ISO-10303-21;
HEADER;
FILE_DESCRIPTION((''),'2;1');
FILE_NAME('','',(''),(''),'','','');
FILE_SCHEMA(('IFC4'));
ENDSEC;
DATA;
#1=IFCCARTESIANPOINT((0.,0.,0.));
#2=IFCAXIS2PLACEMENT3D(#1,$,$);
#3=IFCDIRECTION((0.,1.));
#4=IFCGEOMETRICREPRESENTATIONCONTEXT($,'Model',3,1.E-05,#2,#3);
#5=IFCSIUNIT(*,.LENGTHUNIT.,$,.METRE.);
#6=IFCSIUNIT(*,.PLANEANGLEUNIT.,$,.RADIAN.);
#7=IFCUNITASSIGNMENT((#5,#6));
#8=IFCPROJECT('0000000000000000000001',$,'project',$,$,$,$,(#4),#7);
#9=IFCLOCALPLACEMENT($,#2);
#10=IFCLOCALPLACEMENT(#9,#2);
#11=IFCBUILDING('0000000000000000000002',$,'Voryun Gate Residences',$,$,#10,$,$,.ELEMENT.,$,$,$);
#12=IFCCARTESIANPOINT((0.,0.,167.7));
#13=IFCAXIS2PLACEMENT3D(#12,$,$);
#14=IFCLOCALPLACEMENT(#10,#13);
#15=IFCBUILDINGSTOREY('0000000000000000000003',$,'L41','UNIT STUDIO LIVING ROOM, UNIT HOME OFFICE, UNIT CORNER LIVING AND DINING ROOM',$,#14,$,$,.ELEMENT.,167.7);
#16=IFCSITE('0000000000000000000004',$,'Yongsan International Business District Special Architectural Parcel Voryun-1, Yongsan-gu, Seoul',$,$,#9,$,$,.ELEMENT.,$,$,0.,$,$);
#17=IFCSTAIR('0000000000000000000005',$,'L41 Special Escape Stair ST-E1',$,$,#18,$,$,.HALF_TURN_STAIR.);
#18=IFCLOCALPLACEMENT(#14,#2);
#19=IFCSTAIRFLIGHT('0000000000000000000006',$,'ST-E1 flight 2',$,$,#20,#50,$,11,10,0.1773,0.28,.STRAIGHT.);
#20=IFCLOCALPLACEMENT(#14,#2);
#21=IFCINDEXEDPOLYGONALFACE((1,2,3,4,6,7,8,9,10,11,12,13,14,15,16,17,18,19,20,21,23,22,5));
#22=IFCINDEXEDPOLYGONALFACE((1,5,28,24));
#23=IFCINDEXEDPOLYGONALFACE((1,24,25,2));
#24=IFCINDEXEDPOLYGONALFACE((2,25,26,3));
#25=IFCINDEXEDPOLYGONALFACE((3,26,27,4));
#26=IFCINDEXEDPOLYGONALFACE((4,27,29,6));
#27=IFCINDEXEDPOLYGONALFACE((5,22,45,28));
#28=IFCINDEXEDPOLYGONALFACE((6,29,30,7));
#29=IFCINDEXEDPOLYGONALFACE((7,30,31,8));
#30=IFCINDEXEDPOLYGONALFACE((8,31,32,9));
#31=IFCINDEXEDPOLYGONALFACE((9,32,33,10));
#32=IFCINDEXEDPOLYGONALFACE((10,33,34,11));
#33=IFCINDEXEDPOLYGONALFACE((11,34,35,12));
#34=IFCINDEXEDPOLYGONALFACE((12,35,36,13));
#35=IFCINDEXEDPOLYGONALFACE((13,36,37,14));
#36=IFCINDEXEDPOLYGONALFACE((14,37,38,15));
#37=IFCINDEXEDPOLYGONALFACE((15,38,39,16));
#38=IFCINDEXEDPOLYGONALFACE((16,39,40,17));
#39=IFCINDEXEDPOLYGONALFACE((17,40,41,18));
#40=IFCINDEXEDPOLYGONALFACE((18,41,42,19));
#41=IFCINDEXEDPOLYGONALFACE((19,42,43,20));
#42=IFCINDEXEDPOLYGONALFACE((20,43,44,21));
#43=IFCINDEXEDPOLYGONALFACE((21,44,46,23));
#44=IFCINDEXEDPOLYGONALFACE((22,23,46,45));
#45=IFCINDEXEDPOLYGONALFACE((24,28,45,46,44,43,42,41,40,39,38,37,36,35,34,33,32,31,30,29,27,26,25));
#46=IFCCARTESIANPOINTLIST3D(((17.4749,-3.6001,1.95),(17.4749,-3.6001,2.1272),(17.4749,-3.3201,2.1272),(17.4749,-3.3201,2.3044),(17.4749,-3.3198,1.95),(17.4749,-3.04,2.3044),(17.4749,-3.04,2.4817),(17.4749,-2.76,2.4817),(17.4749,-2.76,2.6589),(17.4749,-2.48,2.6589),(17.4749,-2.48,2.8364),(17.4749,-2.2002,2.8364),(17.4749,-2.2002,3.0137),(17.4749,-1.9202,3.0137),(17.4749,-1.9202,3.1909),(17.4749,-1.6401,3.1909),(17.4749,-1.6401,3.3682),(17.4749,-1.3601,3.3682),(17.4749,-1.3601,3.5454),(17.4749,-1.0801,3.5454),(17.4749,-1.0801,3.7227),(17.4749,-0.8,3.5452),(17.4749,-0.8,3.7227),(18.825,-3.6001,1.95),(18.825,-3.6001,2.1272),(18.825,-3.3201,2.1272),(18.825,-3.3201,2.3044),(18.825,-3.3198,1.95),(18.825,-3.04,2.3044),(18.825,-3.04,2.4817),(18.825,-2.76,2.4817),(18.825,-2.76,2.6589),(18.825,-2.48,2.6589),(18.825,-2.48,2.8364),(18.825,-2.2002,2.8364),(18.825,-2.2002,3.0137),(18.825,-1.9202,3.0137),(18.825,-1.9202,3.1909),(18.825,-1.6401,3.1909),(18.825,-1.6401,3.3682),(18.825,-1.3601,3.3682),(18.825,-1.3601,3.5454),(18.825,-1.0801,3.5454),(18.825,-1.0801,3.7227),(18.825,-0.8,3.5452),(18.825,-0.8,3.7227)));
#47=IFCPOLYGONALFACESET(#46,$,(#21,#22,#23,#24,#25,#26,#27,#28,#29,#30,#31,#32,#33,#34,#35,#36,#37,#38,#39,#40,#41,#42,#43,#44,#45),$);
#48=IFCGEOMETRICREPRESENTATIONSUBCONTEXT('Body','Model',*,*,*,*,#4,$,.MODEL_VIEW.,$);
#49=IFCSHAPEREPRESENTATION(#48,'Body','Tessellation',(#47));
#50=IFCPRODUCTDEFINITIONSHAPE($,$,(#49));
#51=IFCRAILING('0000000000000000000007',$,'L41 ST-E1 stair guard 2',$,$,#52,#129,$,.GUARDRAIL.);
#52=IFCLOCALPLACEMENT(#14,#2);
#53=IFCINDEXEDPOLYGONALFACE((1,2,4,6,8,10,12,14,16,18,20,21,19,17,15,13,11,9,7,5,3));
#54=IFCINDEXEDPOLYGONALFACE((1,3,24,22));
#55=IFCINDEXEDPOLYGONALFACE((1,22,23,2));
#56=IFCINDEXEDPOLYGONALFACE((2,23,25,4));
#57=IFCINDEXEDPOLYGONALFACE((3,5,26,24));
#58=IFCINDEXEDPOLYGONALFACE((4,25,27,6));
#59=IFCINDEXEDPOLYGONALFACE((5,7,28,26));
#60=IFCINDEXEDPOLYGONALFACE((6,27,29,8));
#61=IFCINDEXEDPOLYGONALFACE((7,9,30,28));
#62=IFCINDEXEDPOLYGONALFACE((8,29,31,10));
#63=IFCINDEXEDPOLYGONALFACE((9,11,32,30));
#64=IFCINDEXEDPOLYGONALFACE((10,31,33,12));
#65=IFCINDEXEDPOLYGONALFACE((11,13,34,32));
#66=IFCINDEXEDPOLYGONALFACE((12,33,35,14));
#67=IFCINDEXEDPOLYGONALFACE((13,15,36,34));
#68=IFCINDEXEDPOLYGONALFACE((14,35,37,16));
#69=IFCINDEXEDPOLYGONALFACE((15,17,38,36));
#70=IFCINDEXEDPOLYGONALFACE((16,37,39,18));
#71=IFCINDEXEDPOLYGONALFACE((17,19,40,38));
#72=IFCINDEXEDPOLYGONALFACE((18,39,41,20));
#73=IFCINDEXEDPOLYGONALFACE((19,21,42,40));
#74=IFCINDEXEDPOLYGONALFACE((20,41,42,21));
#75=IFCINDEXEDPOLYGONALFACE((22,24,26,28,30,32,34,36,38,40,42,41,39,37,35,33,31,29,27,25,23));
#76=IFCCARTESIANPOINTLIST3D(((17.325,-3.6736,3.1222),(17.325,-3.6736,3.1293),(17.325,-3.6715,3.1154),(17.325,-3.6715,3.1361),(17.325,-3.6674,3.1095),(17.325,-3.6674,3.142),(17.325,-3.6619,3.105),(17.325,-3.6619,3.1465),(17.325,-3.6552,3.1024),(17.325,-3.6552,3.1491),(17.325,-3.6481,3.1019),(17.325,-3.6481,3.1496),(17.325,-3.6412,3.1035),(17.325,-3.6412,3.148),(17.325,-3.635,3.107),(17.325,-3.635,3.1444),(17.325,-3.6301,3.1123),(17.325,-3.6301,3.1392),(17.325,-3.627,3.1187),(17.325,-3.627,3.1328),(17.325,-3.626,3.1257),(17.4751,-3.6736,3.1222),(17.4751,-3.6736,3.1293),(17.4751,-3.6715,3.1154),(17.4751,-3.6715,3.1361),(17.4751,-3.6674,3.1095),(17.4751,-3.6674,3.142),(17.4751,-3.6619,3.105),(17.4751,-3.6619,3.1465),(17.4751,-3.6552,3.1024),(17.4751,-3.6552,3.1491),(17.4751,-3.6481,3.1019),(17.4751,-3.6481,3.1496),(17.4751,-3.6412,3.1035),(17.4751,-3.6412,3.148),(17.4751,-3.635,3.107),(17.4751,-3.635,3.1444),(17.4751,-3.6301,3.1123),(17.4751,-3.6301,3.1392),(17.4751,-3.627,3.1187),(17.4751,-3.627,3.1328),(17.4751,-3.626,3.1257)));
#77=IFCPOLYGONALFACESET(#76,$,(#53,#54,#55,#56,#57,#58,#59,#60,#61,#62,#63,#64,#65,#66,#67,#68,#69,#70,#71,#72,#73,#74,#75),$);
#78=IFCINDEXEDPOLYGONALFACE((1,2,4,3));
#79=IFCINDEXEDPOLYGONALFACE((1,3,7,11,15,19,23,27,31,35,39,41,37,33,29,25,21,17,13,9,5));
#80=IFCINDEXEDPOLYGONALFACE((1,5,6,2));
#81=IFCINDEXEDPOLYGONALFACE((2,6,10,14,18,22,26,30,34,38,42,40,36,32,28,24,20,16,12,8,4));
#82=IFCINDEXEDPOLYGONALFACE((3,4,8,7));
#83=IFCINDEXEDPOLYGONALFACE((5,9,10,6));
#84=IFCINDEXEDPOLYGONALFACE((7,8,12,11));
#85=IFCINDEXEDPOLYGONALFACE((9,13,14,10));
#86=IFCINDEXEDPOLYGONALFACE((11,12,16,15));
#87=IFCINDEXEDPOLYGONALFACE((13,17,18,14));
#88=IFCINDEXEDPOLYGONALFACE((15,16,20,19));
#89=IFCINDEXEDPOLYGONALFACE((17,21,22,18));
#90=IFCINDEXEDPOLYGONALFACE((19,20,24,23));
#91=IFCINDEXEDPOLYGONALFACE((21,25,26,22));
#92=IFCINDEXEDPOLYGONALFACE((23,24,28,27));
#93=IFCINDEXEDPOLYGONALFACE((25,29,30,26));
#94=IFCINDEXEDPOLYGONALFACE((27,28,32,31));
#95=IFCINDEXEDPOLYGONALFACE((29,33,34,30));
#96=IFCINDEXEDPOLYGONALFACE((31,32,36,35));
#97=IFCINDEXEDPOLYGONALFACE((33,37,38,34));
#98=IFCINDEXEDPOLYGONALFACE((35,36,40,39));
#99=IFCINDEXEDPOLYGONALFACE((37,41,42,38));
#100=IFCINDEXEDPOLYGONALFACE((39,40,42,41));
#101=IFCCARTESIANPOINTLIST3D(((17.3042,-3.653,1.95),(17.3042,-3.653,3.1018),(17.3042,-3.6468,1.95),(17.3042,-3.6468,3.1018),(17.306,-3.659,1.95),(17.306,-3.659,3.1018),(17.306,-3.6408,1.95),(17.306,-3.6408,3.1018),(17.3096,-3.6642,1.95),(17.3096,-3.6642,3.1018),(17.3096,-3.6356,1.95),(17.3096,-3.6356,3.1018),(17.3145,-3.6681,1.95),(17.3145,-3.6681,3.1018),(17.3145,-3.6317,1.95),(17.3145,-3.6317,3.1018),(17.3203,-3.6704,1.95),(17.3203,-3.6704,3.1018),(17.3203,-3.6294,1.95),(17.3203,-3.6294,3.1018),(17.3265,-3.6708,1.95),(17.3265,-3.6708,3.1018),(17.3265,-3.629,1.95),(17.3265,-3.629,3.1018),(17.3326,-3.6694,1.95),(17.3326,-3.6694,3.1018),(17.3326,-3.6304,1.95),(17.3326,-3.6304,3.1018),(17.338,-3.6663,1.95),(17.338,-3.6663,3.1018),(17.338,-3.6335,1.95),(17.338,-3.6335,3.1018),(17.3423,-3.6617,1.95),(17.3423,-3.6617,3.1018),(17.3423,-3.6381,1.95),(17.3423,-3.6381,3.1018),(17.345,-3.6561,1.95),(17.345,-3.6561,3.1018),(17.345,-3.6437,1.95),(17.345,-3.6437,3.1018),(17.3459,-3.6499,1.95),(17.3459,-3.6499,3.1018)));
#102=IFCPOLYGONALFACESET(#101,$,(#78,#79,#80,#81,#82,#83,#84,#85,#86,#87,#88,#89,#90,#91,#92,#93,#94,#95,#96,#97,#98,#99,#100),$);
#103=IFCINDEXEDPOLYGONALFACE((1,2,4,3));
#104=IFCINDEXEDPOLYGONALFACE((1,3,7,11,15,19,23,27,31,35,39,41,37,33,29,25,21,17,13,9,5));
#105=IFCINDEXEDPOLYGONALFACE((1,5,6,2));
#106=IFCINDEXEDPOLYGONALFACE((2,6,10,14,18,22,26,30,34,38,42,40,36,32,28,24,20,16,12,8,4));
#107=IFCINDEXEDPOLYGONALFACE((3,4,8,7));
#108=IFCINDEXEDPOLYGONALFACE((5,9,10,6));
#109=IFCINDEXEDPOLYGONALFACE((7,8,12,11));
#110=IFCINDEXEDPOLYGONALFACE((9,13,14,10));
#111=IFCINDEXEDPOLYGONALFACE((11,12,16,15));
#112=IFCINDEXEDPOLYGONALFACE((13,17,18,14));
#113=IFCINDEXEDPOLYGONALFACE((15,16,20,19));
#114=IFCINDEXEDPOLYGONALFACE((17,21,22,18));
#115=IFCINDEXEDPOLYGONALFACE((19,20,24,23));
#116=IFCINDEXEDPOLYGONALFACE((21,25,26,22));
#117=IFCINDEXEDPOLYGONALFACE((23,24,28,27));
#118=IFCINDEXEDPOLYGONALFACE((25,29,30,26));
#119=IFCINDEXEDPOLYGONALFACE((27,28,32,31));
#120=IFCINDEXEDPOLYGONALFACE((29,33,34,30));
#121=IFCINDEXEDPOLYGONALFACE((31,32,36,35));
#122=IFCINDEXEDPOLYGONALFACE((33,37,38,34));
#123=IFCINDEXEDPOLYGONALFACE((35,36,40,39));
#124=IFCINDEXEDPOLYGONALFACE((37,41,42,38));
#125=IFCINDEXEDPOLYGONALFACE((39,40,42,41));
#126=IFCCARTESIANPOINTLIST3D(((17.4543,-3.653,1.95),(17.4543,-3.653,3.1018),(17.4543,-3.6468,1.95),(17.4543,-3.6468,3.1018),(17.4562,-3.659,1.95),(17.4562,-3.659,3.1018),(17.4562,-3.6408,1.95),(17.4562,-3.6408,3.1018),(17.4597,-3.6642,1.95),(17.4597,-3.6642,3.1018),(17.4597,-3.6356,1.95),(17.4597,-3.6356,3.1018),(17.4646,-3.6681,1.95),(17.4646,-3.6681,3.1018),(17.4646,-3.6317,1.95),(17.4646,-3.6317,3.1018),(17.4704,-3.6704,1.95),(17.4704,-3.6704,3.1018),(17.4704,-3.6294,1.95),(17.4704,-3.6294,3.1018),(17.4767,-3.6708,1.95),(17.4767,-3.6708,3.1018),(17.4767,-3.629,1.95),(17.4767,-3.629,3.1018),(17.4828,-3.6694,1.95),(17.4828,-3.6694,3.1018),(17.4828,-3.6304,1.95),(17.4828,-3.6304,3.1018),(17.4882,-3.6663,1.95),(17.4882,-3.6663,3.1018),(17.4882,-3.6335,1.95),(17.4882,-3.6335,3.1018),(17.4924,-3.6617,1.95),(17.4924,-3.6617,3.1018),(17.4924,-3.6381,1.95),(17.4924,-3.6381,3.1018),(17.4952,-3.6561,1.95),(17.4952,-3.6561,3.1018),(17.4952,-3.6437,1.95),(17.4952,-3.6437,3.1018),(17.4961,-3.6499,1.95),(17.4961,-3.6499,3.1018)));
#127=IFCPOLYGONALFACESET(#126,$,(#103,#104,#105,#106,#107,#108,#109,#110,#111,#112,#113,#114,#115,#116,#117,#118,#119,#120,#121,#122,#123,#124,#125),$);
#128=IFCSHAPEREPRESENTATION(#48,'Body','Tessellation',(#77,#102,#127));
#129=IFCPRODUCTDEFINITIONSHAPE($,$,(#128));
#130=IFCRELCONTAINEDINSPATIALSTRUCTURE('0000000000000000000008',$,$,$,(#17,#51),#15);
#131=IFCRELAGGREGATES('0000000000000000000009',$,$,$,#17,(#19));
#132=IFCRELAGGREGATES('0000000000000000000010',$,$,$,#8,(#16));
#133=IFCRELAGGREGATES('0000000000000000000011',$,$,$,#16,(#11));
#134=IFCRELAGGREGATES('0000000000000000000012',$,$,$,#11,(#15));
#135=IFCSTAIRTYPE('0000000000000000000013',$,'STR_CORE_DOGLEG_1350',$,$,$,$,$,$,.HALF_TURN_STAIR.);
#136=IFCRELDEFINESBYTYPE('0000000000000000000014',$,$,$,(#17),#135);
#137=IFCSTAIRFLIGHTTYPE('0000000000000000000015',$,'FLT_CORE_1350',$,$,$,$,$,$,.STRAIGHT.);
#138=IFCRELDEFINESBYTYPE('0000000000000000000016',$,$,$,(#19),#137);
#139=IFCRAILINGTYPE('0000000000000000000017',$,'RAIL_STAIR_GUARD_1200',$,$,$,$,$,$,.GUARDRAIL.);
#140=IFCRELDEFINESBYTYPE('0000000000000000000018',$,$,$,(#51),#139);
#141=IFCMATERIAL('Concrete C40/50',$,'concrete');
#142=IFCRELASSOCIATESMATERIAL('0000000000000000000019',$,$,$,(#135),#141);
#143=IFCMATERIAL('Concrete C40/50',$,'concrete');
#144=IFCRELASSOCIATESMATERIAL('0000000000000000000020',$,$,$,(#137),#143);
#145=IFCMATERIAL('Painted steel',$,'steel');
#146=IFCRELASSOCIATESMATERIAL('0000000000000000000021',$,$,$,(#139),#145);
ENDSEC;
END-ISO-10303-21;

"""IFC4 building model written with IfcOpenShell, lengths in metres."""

from ifc_helpers import new_model, si_unit, direction, frame, origin, origin_2d, place, context, subcontext, project, spatial, polyline, circle, outline, extrude, material, type_object, element, aggregate, save


model = new_model("IFC4")

# Units and contexts
model_context = context("Model", 3, precision=1e-05, world=origin(), true_north=direction((0.0, 1.0)))
body_context = subcontext(model_context, "Body", "Model", "MODEL_VIEW")
ifc_project = project(units=[si_unit("LENGTHUNIT", "METRE"), si_unit("PLANEANGLEUNIT", "RADIAN")], contexts=[model_context])

# Site, building, storey
site_placement = place(None, origin())
site = spatial("IfcSite", under=ifc_project, at=site_placement, Name="Yongsan International Business District Special Architectural Parcel Voryun-1, Yongsan-gu, Seoul", CompositionType="ELEMENT", RefElevation=0.0)
building_placement = place(site_placement, origin())
building = spatial("IfcBuilding", under=site, at=building_placement, Name="Voryun Gate Residences", CompositionType="ELEMENT")
storey_placement = place(building_placement, frame((0.0, 0.0, 167.7)))
storey = spatial("IfcBuildingStorey", under=building, at=storey_placement, Name="L41", Description="UNIT STUDIO LIVING ROOM, UNIT HOME OFFICE, UNIT CORNER LIVING AND DINING ROOM", CompositionType="ELEMENT", Elevation=167.7)

# Stair, stair flight
ifc_material_1 = material(Name="Concrete C40/50", Category="concrete")
stair_type = type_object("IfcStairType", Name="STR_CORE_DOGLEG_1350", PredefinedType="HALF_TURN_STAIR", material=ifc_material_1)
stair_placement = place(storey_placement, origin())
stair = element("IfcStair", 1, at=stair_placement, inside=storey, type_object=stair_type, Name="L41 Special Escape Stair ST-E1", PredefinedType="HALF_TURN_STAIR")
ifc_material_2 = material(Name="Concrete C40/50", Category="concrete")
stair_flight_type = type_object("IfcStairFlightType", Name="FLT_CORE_1350", PredefinedType="STRAIGHT", material=ifc_material_2)
stair_flight_placement = place(storey_placement, frame((18.1499, -3.6001, 1.95), z_axis=(0.0, 0.0, 1.0), x_axis=(0.0, 1.0, 0.0)))
stair_flight = element("IfcStairFlight", 2, at=stair_flight_placement, type_object=stair_flight_type, Name="ST-E1 flight 2", NumberOfRisers=11, NumberOfTreads=10, PredefinedType="STRAIGHT", RiserHeight=0.1773, TreadLength=0.28, context=body_context, shape_type="SweptSolid", body=[
    extrude(outline(polyline([(0.0, 0.0), (0.0, 0.1772), (0.28, 0.1772), (0.28, 0.3545), (0.5601, 0.3545), (0.5601, 0.5317), (0.8401, 0.5317), (0.8401, 0.709), (1.1201, 0.709), (1.1201, 0.8865), (1.3999, 0.8865), (1.3999, 1.0637), (1.6799, 1.0637), (1.6799, 1.241), (1.96, 1.241), (1.96, 1.4182), (2.24, 1.4182), (2.24, 1.5955), (2.52, 1.5955), (2.52, 1.7727), (2.8, 1.7727), (2.8, 1.95), (2.8, 1.5952), (0.2803, 0.0), (0.0, 0.0)])), frame((0.0, 0.675, 0.0), z_axis=(0.0, -1.0, 0.0), x_axis=(1.0, 0.0, 0.0)), (0.0, 0.0, 1.0), 1.3501),
])
aggregate(stair, [stair_flight])

# Railing
ifc_material_3 = material(Name="Painted steel", Category="steel")
railing_type_1 = type_object("IfcRailingType", Name="RAIL_STAIR_GUARD_1200", PredefinedType="GUARDRAIL", material=ifc_material_3)
railing_1_placement = place(storey_placement, frame((17.325, -3.6499, 1.95)))
element("IfcRailing", 3, at=railing_1_placement, inside=storey, type_object=railing_type_1, Name="L41 ST-E1 stair guard 2", PredefinedType="GUARDRAIL", context=body_context, shape_type="SweptSolid", body=[
    extrude(circle(Radius=0.0239, at=origin_2d()), frame((0.0, 0.0, 1.1758), z_axis=(1.0, 0.0, 0.0), x_axis=(0.0, 1.0, 0.0)), (0.0, 0.0, 1.0), 0.1501),
    extrude(circle(Radius=0.021, at=origin_2d()), origin(), (0.0, 0.0, 1.0), 1.1519),
    extrude(circle(Radius=0.021, at=origin_2d()), frame((0.1501, 0.0, 0.0)), (0.0, 0.0, 1.0), 1.1519),
])

save(model, "model.ifc")
